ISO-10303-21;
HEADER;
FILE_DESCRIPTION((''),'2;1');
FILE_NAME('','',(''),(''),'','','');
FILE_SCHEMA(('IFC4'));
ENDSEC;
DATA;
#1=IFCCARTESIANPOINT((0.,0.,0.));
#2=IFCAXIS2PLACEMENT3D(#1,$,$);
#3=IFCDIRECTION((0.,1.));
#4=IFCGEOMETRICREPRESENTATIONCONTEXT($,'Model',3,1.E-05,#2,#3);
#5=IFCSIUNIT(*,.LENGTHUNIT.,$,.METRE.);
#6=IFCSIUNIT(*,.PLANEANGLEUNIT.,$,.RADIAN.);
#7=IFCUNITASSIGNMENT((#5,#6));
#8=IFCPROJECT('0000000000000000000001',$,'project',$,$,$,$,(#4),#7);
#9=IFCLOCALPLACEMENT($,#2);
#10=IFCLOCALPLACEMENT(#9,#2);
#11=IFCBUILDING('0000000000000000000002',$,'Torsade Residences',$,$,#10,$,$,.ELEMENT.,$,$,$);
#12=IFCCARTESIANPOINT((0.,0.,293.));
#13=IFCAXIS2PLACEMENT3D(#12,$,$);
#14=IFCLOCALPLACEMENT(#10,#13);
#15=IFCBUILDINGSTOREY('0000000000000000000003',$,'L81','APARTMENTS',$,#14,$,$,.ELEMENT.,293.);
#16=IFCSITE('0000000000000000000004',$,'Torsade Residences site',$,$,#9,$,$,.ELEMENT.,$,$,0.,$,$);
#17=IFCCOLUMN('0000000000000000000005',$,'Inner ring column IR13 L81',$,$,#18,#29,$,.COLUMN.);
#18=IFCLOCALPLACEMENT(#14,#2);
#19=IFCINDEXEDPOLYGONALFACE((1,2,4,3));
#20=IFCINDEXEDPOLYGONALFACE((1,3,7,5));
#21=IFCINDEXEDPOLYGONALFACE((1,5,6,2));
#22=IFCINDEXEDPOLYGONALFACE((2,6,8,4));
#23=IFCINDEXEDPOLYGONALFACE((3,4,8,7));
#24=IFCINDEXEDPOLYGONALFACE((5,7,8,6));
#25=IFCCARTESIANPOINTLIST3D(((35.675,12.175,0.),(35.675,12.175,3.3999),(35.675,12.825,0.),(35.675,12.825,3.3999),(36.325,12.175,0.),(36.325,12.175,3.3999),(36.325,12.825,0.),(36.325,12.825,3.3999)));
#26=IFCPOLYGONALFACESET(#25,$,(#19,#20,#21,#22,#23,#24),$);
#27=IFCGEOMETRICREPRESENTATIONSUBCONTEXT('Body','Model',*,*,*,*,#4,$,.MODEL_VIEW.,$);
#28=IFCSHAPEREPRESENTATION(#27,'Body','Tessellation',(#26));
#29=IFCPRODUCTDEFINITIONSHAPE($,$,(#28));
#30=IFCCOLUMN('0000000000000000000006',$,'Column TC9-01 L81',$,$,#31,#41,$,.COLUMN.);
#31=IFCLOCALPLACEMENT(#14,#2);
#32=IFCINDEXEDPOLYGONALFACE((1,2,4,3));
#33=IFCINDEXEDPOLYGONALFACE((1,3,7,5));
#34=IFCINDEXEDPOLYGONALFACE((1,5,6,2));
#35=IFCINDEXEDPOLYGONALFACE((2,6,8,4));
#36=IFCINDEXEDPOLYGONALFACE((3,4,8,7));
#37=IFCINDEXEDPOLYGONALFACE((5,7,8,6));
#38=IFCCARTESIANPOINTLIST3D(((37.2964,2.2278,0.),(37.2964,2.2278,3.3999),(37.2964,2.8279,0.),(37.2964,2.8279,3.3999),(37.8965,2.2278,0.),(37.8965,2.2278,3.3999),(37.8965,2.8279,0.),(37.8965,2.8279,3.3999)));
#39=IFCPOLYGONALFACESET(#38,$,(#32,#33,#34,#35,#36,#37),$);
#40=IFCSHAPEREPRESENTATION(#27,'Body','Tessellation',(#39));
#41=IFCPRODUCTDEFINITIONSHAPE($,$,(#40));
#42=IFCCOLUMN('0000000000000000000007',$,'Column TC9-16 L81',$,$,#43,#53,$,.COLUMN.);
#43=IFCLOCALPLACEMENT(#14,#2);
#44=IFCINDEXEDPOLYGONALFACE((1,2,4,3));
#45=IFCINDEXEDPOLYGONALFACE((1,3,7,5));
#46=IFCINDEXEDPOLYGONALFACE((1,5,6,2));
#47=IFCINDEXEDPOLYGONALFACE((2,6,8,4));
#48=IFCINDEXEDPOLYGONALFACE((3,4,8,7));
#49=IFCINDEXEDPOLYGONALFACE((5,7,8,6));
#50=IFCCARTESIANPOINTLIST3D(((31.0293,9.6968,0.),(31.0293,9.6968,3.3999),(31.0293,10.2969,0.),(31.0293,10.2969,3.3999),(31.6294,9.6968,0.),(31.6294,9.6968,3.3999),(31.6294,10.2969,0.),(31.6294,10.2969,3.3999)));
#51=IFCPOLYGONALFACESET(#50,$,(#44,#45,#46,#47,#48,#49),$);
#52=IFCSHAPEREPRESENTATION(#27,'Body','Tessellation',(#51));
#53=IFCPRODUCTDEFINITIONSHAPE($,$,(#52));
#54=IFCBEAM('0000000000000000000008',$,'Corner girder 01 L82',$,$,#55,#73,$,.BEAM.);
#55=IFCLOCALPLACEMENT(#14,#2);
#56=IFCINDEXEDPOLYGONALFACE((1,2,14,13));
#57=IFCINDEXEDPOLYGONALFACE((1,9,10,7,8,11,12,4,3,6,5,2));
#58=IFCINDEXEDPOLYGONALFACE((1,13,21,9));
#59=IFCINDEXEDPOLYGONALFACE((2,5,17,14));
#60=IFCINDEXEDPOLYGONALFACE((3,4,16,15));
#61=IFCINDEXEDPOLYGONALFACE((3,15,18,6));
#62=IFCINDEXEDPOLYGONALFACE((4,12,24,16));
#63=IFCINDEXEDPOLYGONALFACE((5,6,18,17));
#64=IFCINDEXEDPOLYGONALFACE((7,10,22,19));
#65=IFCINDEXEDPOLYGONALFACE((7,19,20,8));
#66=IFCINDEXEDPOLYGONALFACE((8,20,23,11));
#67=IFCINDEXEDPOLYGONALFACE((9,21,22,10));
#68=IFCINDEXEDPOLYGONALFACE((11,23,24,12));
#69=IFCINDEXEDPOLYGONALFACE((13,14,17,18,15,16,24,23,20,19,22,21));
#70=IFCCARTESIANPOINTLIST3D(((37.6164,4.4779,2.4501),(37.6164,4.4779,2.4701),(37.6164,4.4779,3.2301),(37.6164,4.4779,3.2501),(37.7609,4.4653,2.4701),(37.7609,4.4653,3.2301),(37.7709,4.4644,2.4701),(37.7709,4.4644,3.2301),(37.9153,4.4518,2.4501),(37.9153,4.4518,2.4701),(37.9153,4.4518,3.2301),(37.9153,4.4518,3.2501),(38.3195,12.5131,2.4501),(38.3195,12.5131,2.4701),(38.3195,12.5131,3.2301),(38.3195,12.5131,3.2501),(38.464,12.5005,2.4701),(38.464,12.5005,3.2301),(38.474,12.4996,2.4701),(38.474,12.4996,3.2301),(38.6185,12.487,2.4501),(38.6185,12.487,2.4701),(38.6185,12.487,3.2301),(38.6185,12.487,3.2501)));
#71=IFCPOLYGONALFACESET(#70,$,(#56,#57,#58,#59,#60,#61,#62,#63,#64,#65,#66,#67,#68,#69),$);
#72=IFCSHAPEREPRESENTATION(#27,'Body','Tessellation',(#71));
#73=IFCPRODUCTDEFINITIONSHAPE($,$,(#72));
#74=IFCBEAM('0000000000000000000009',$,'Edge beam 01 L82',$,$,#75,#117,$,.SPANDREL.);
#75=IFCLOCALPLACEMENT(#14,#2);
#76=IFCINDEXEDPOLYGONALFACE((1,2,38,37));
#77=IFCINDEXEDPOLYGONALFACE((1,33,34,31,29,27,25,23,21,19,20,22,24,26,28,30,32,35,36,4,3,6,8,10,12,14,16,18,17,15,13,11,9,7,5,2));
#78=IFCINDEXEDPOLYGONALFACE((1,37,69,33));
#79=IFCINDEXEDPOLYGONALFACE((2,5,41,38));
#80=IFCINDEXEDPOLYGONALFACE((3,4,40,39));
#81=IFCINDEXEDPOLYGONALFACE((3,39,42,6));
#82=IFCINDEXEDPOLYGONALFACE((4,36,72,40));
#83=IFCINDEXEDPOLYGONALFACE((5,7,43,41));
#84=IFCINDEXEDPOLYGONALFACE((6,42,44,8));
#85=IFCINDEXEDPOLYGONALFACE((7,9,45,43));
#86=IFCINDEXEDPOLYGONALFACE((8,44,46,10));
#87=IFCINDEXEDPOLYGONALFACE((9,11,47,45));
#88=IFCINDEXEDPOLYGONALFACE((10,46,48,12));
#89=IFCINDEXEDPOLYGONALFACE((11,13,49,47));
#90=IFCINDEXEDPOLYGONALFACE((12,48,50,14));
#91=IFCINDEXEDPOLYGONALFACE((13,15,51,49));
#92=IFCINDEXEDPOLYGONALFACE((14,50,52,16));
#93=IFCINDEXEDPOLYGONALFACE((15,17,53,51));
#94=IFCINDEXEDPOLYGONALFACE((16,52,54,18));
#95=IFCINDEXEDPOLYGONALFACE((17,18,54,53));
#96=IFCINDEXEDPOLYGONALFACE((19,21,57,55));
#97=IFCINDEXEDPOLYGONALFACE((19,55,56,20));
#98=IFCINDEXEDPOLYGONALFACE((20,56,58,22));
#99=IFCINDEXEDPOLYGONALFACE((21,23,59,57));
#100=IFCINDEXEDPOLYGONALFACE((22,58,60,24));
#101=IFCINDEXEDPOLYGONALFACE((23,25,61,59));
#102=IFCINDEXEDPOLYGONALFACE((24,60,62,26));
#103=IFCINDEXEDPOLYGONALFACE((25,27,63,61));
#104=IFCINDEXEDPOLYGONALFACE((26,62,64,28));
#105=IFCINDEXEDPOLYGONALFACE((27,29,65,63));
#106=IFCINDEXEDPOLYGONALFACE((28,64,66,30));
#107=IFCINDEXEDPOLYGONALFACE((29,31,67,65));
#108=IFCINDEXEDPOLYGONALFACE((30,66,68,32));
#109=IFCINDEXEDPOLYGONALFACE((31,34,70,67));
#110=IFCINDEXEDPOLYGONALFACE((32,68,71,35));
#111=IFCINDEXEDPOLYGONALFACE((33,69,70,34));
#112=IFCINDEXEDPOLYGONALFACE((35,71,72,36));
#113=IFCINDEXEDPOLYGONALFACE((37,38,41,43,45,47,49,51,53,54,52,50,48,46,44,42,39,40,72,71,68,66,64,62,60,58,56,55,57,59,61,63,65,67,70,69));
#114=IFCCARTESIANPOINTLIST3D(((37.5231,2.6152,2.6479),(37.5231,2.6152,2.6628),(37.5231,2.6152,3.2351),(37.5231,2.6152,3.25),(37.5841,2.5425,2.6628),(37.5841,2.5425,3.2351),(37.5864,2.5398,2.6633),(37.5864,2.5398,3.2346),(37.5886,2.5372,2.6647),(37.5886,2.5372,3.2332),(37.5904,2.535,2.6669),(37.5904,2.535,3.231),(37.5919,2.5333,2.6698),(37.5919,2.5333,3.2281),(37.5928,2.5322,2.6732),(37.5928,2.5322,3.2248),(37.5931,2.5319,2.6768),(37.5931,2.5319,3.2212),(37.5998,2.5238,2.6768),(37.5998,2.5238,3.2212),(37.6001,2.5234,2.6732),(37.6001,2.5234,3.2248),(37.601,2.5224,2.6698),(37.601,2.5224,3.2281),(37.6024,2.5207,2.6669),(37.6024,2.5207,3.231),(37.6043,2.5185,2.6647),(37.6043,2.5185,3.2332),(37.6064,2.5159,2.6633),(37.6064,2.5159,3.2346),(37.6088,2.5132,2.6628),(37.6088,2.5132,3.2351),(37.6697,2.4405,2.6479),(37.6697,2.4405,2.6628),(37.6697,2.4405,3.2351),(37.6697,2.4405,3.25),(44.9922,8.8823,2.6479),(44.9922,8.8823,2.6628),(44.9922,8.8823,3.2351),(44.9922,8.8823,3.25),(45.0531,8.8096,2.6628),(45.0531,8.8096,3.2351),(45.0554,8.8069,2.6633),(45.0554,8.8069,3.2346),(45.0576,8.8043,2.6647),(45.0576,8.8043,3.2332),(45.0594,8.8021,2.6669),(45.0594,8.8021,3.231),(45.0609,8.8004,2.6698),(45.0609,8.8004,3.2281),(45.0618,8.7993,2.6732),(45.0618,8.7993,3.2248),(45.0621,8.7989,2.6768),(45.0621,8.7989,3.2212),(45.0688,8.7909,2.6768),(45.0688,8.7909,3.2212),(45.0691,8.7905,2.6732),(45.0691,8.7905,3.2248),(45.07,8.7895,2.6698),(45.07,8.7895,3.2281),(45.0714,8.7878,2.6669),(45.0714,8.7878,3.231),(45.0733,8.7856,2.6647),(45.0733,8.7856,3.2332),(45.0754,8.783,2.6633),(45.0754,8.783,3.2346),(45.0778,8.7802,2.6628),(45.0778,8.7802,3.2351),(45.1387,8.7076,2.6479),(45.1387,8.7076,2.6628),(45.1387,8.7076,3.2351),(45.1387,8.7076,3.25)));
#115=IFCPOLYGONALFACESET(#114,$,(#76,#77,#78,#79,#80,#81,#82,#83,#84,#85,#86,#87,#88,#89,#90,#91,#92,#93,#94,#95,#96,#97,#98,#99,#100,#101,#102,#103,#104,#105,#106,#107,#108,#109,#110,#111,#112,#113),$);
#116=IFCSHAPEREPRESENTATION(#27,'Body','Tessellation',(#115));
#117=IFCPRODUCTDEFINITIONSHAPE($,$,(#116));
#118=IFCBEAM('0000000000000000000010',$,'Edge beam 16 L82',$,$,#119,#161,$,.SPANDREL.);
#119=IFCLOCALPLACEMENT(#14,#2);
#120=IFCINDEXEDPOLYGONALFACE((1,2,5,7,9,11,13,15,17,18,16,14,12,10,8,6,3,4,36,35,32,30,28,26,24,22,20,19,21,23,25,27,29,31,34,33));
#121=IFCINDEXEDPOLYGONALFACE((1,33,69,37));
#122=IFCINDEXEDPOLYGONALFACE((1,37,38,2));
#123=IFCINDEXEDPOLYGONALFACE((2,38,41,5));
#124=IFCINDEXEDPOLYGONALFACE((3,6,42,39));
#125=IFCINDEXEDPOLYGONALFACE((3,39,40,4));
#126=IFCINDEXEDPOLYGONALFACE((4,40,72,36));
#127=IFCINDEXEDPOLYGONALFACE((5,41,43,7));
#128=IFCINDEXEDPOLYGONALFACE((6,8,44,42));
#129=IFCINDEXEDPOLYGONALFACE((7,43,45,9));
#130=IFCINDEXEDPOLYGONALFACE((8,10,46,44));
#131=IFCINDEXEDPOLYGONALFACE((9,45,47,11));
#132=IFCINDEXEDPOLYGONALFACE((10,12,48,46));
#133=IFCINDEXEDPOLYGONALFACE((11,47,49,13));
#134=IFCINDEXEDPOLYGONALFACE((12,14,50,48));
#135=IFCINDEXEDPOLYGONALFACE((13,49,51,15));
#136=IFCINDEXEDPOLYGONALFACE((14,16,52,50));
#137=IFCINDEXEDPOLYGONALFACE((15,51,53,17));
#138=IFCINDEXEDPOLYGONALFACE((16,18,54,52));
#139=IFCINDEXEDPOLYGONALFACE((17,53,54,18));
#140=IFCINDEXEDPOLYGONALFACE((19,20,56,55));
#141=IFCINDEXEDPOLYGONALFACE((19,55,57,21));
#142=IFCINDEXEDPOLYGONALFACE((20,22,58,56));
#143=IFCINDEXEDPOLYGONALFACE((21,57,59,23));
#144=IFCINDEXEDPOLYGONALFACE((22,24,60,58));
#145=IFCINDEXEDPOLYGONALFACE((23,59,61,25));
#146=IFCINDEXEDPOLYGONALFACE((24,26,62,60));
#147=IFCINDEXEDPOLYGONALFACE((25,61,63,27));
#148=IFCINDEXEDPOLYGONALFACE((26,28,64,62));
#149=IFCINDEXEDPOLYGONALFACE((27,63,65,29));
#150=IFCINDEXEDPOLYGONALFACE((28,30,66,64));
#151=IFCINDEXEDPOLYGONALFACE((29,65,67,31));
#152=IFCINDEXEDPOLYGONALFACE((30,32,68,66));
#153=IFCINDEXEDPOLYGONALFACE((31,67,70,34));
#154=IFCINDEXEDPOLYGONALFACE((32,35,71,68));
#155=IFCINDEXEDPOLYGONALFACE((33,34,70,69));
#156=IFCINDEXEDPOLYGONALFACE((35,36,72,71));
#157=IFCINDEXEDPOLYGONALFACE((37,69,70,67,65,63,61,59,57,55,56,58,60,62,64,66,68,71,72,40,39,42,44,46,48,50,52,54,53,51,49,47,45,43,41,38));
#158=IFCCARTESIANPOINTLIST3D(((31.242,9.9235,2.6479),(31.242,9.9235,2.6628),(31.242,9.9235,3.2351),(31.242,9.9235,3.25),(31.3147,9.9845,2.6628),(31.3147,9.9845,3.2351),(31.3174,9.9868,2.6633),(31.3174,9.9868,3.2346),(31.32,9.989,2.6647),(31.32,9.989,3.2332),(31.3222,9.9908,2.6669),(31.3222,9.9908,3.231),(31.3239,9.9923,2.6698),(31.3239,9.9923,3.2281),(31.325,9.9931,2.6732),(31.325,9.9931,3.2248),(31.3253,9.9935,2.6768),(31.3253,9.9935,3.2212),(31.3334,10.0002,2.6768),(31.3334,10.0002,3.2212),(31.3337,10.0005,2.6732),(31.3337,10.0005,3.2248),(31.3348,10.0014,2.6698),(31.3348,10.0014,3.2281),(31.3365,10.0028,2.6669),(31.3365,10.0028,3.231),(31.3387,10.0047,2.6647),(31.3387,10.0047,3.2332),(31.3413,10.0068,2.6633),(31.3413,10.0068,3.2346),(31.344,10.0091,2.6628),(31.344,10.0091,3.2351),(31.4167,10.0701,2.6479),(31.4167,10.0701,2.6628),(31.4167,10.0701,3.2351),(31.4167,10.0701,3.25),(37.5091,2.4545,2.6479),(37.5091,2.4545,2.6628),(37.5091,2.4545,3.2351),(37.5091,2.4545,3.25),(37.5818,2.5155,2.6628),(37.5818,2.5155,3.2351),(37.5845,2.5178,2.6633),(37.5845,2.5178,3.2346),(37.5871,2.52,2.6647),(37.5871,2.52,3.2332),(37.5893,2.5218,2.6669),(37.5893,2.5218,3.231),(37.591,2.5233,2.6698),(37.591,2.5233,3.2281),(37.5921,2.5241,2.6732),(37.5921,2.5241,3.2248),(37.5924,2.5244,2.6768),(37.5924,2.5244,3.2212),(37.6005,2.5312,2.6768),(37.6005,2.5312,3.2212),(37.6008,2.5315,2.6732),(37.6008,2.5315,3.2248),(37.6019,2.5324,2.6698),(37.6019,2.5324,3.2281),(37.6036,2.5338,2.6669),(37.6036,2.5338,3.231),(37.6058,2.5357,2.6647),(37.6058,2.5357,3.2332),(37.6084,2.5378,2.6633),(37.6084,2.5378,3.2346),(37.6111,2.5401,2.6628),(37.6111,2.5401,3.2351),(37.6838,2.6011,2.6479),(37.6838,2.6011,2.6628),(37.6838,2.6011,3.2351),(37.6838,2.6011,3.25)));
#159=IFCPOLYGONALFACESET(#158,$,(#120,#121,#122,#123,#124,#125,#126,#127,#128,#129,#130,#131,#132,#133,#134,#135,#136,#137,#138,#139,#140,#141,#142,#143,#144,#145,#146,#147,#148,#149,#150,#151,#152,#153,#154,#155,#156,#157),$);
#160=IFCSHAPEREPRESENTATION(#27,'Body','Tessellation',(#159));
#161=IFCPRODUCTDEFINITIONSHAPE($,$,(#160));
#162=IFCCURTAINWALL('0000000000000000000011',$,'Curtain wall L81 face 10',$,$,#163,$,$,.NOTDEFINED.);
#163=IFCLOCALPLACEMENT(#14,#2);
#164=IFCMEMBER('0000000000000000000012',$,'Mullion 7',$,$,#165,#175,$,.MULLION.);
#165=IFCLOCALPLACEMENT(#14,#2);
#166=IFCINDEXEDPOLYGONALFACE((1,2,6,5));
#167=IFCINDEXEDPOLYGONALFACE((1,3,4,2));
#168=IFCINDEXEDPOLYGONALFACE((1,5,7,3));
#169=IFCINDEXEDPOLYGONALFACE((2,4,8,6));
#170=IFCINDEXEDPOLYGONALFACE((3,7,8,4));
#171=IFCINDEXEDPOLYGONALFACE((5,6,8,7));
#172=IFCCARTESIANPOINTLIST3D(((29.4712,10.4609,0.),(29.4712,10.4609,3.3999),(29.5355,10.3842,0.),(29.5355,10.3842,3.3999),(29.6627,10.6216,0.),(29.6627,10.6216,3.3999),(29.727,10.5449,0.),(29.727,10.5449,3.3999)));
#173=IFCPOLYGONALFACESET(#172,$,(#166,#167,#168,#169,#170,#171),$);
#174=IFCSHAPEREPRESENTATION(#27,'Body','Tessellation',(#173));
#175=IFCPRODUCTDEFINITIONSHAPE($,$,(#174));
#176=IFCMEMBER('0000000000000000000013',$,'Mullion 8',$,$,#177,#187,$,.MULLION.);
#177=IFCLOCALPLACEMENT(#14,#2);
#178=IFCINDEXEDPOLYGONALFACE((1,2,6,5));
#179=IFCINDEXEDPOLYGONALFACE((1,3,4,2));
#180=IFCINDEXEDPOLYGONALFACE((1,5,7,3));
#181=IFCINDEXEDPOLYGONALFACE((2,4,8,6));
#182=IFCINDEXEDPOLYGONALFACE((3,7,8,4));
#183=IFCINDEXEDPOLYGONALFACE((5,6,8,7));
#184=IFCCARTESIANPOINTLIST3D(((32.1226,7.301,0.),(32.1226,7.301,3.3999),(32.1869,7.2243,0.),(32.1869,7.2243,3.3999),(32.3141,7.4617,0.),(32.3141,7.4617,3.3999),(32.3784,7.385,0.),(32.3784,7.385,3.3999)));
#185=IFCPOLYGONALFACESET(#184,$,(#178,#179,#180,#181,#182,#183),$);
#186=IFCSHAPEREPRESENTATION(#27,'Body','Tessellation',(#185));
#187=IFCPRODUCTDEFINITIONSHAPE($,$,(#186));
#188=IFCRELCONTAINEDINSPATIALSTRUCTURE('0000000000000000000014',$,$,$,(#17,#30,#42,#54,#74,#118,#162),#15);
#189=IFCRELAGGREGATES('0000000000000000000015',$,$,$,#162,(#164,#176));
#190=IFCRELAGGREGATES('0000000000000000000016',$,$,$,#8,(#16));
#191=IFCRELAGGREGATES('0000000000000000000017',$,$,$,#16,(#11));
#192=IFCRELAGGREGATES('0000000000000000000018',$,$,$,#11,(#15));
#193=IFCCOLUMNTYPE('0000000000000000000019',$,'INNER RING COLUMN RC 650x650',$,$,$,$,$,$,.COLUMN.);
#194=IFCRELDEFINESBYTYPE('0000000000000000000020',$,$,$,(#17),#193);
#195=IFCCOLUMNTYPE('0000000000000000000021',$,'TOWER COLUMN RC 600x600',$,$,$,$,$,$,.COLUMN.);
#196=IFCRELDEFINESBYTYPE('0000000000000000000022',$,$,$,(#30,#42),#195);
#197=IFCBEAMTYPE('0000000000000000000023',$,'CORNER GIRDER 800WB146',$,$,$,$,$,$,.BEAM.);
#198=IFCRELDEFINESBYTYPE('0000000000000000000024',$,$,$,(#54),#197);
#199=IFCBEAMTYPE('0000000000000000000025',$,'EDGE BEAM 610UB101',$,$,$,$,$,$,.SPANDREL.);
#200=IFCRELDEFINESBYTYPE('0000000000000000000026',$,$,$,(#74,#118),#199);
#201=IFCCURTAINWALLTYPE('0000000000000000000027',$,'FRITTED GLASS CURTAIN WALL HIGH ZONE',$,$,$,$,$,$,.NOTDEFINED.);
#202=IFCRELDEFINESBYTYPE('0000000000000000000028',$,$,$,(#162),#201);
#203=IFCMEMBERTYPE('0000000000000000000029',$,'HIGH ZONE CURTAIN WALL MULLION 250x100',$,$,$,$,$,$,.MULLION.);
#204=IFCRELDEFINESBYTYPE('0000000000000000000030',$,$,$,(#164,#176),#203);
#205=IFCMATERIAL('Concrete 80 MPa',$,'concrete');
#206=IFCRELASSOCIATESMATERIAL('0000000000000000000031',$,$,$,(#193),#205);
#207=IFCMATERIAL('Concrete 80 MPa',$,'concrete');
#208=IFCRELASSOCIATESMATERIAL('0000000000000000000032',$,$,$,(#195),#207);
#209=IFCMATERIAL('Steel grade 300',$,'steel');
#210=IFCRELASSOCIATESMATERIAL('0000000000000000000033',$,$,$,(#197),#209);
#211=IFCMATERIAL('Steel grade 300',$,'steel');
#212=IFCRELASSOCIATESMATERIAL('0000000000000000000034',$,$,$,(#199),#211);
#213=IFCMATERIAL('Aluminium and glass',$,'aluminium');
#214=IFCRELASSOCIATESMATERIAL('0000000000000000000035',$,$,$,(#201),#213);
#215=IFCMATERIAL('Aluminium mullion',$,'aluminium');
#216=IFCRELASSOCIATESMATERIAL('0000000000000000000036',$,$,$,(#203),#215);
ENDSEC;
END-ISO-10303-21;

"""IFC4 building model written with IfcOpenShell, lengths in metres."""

from ifc_helpers import new_model, si_unit, direction, frame, origin, origin_2d, place, context, subcontext, project, spatial, rectangle, i_section, extrude, material, material_profile, profile_set, type_object, element, aggregate, save


model = new_model("IFC4")

# Units and contexts
model_context = context("Model", 3, precision=1e-05, world=origin(), true_north=direction((0.0, 1.0)))
body_context = subcontext(model_context, "Body", "Model", "MODEL_VIEW")
ifc_project = project(units=[si_unit("LENGTHUNIT", "METRE"), si_unit("PLANEANGLEUNIT", "RADIAN")], contexts=[model_context])

# Site, building, storey
site_placement = place(None, origin())
site = spatial("IfcSite", under=ifc_project, at=site_placement, Name="Torsade Residences site", CompositionType="ELEMENT", RefElevation=0.0)
building_placement = place(site_placement, origin())
building = spatial("IfcBuilding", under=site, at=building_placement, Name="Torsade Residences", CompositionType="ELEMENT")
storey_placement = place(building_placement, frame((0.0, 0.0, 293.0)))
storey = spatial("IfcBuildingStorey", under=building, at=storey_placement, Name="L81", Description="APARTMENTS", CompositionType="ELEMENT", Elevation=293.0)

# Columns
ifc_material_1 = material(Name="Concrete 80 MPa", Category="concrete")
ifc_material_profile_1 = material_profile(ifc_material_1, rectangle(XDim=0.6499, YDim=0.6499, at=origin_2d()), Name="RC 650x650")
ifc_profile_set_1 = profile_set([ifc_material_profile_1], Name="Concrete 80 MPa")
column_type_1 = type_object("IfcColumnType", Name="INNER RING COLUMN RC 650x650", PredefinedType="COLUMN", material=ifc_profile_set_1)
column_placement = place(storey_placement, frame((36.0, 12.5, 0.0), z_axis=(0.0, 0.0, 1.0), x_axis=(1.0, 0.0, 0.0)))
element("IfcColumn", 1, at=column_placement, inside=storey, type_object=column_type_1, Name="Inner ring column IR13 L81", PredefinedType="COLUMN", context=body_context, shape_type="SweptSolid", body=[
    extrude(rectangle(XDim=0.6499, YDim=0.6499, at=origin_2d()), origin(), (0.0, 0.0, 1.0), 3.3999),
])
ifc_material_2 = material(Name="Concrete 80 MPa", Category="concrete")
ifc_material_profile_2 = material_profile(ifc_material_2, rectangle(XDim=0.6001, YDim=0.6001, at=origin_2d()), Name="RC 600x600")
ifc_profile_set_2 = profile_set([ifc_material_profile_2], Name="Concrete 80 MPa")
column_type_2 = type_object("IfcColumnType", Name="TOWER COLUMN RC 600x600", PredefinedType="COLUMN", material=ifc_profile_set_2)
for number, where, z_axis, x_axis, name in (
    (2, (37.5964, 2.5278, 0.0), (0.0, 0.0, 1.0), (1.0, 0.0, 0.0), "Column TC9-01 L81"),
    (3, (31.3293, 9.9968, 0.0), (0.0, 0.0, 1.0), (1.0, 0.0, 0.0), "Column TC9-16 L81"),
):
    element("IfcColumn", number, at=place(storey_placement, frame(where, z_axis=z_axis, x_axis=x_axis)), inside=storey, type_object=column_type_2, Name=name, PredefinedType="COLUMN", context=body_context, shape_type="SweptSolid", body=[
        extrude(rectangle(XDim=0.6001, YDim=0.6001, at=origin_2d()), origin(), (0.0, 0.0, 1.0), 3.3999),
    ])

# Beams
ifc_material_3 = material(Name="Steel grade 300", Category="steel")
ifc_material_profile_3 = material_profile(ifc_material_3, i_section(OverallWidth=0.3, OverallDepth=0.8, WebThickness=0.01, FlangeThickness=0.02, at=origin_2d()), Name="800WB146")
ifc_profile_set_3 = profile_set([ifc_material_profile_3], Name="Steel grade 300")
beam_type_1 = type_object("IfcBeamType", Name="CORNER GIRDER 800WB146", PredefinedType="BEAM", material=ifc_profile_set_3)
beam_1_placement = place(storey_placement, frame((37.7659, 4.4648, 2.8501), z_axis=(0.087173, 0.996193, 0.0), x_axis=(-0.996193, 0.087173, 0.0)))
element("IfcBeam", 4, at=beam_1_placement, inside=storey, type_object=beam_type_1, Name="Corner girder 01 L82", PredefinedType="BEAM", context=body_context, shape_type="SweptSolid", body=[
    extrude(i_section(OverallWidth=0.3, OverallDepth=0.8, WebThickness=0.01, FlangeThickness=0.02, at=origin_2d()), origin(), (0.0, 0.0, 1.0), 8.0659),
])
ifc_material_4 = material(Name="Steel grade 300", Category="steel")
ifc_material_profile_4 = material_profile(ifc_material_4, i_section(OverallWidth=0.228, OverallDepth=0.6021, WebThickness=0.0105, FlangeThickness=0.0149, FilletRadius=0.0139, at=origin_2d()), Name="610UB101")
ifc_profile_set_4 = profile_set([ifc_material_profile_4], Name="Steel grade 300")
beam_type_2 = type_object("IfcBeamType", Name="EDGE BEAM 610UB101", PredefinedType="SPANDREL", material=ifc_profile_set_4)
for number, where, z_axis, x_axis, name in (
    (5, (37.5964, 2.5278, 2.949), (0.766052, 0.642779, 0.0), (-0.642779, 0.766052, 0.0), "Edge beam 01 L82"),
    (6, (31.3293, 9.9968, 2.949), (0.642779, -0.766052, 0.0), (0.766052, 0.642779, 0.0), "Edge beam 16 L82"),
):
    element("IfcBeam", number, at=place(storey_placement, frame(where, z_axis=z_axis, x_axis=x_axis)), inside=storey, type_object=beam_type_2, Name=name, PredefinedType="SPANDREL", context=body_context, shape_type="SweptSolid", body=[
        extrude(i_section(OverallWidth=0.228, OverallDepth=0.6021, WebThickness=0.0105, FlangeThickness=0.0149, FilletRadius=0.0139, at=origin_2d()), origin(), (0.0, 0.0, 1.0), 9.75),
    ])

# Curtain wall, members
ifc_material_5 = material(Name="Aluminium and glass", Category="aluminium")
curtain_wall_type = type_object("IfcCurtainWallType", Name="FRITTED GLASS CURTAIN WALL HIGH ZONE", PredefinedType="NOTDEFINED", material=ifc_material_5)
curtain_wall_placement = place(storey_placement, origin())
curtain_wall = element("IfcCurtainWall", 7, at=curtain_wall_placement, inside=storey, type_object=curtain_wall_type, Name="Curtain wall L81 face 10", PredefinedType="NOTDEFINED")
ifc_material_6 = material(Name="Aluminium mullion", Category="aluminium")
ifc_material_profile_5 = material_profile(ifc_material_6, rectangle(XDim=0.25, YDim=0.1001, at=origin_2d()), Name="HIGH ZONE CURTAIN WALL MULLION 250x100")
ifc_profile_set_5 = profile_set([ifc_material_profile_5], Name="Aluminium mullion")
member_type_1 = type_object("IfcMemberType", Name="HIGH ZONE CURTAIN WALL MULLION 250x100", PredefinedType="MULLION", material=ifc_profile_set_5)
member_1_placement = place(storey_placement, frame((29.5991, 10.5029, 0.0), z_axis=(0.0, 0.0, 1.0), x_axis=(0.766044, 0.642788, 0.0)))
member_1 = element("IfcMember", 8, at=member_1_placement, type_object=member_type_1, Name="Mullion 7", PredefinedType="MULLION", context=body_context, shape_type="SweptSolid", body=[
    extrude(rectangle(XDim=0.25, YDim=0.1001, at=origin_2d()), origin(), (0.0, 0.0, 1.0), 3.3999),
])
member_2_placement = place(storey_placement, frame((32.2505, 7.343, 0.0), z_axis=(0.0, 0.0, 1.0), x_axis=(0.766044, 0.642788, 0.0)))
member_2 = element("IfcMember", 9, at=member_2_placement, type_object=member_type_1, Name="Mullion 8", PredefinedType="MULLION", context=body_context, shape_type="SweptSolid", body=[
    extrude(rectangle(XDim=0.25, YDim=0.1001, at=origin_2d()), origin(), (0.0, 0.0, 1.0), 3.3999),
])

aggregate(curtain_wall, [member_1, member_2])

save(model, "model.ifc")
